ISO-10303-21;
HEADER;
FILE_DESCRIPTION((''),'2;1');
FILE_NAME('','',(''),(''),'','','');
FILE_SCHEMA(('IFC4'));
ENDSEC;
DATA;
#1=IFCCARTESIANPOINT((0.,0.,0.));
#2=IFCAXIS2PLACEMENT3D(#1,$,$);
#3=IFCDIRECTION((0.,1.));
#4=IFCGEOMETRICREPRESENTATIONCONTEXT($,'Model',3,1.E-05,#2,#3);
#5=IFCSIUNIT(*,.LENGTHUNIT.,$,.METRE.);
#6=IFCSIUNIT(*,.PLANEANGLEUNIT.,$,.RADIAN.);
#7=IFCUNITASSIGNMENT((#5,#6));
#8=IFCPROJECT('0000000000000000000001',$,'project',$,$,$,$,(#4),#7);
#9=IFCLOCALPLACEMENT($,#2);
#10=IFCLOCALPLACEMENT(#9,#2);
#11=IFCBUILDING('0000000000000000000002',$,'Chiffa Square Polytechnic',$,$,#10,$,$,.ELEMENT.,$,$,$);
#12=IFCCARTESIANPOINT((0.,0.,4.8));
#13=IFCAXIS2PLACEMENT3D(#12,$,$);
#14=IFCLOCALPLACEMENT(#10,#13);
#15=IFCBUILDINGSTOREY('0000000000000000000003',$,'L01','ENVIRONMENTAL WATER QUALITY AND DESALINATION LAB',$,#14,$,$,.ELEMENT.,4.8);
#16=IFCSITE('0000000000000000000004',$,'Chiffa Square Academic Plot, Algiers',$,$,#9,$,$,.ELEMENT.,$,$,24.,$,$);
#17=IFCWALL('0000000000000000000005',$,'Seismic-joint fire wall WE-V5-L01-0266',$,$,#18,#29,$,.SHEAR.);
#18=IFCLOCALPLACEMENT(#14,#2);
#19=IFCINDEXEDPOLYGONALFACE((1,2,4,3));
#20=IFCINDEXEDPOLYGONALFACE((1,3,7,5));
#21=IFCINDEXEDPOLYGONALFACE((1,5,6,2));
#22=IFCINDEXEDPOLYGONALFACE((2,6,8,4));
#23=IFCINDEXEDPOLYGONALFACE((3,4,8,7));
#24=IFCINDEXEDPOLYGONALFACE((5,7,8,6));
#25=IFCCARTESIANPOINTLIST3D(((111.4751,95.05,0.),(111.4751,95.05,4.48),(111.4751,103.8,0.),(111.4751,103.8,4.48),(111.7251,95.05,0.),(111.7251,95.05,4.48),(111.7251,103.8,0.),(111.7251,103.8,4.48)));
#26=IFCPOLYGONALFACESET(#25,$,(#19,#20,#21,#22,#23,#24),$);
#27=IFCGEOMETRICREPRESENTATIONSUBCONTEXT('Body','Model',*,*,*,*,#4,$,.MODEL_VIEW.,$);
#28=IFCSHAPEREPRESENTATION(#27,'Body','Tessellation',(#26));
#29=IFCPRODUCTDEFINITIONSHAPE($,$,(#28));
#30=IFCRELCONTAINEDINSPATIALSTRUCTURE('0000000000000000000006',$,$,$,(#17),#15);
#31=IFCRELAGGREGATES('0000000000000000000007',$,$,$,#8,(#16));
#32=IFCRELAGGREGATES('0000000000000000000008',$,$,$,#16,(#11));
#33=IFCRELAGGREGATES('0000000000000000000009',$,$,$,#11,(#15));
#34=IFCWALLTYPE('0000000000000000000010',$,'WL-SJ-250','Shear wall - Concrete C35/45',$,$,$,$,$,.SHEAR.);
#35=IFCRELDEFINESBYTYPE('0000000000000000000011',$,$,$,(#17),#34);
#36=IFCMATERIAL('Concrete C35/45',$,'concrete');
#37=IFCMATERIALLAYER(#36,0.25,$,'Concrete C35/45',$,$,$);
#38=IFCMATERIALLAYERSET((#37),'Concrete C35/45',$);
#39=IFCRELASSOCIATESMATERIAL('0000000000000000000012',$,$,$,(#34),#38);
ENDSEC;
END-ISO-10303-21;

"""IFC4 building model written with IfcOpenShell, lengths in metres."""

from ifc_helpers import new_model, si_unit, direction, frame, frame_2d, origin, place, context, subcontext, project, spatial, rectangle, extrude, material, layer, layer_set, type_object, element, save


model = new_model("IFC4")

# Units and contexts
model_context = context("Model", 3, precision=1e-05, world=origin(), true_north=direction((0.0, 1.0)))
body_context = subcontext(model_context, "Body", "Model", "MODEL_VIEW")
ifc_project = project(units=[si_unit("LENGTHUNIT", "METRE"), si_unit("PLANEANGLEUNIT", "RADIAN")], contexts=[model_context])

# Site, building, storey
site_placement = place(None, origin())
site = spatial("IfcSite", under=ifc_project, at=site_placement, Name="Chiffa Square Academic Plot, Algiers", CompositionType="ELEMENT", RefElevation=24.0)
building_placement = place(site_placement, origin())
building = spatial("IfcBuilding", under=site, at=building_placement, Name="Chiffa Square Polytechnic", CompositionType="ELEMENT")
storey_placement = place(building_placement, frame((0.0, 0.0, 4.8)))
storey = spatial("IfcBuildingStorey", under=building, at=storey_placement, Name="L01", Description="ENVIRONMENTAL WATER QUALITY AND DESALINATION LAB", CompositionType="ELEMENT", Elevation=4.8)

# Shared definitions
ifc_material_1 = material(Name="Concrete C35/45", Category="concrete")

# Wall
ifc_layer_1 = layer(ifc_material_1, 0.25, Name="Concrete C35/45")
ifc_layer_set_1 = layer_set([ifc_layer_1], Name="Concrete C35/45")
wall_type_1 = type_object("IfcWallType", Name="WL-SJ-250", Description="Shear wall - Concrete C35/45", PredefinedType="SHEAR", material=ifc_layer_set_1)
wall_1_placement = place(storey_placement, frame((111.6001, 103.8, 0.0), z_axis=(0.0, 0.0, 1.0), x_axis=(0.0, -1.0, 0.0)))
element("IfcWall", 1, at=wall_1_placement, inside=storey, type_object=wall_type_1, Name="Seismic-joint fire wall WE-V5-L01-0266", PredefinedType="SHEAR", context=body_context, shape_type="SweptSolid", body=[
    extrude(rectangle(XDim=8.75, YDim=0.25, at=frame_2d((4.375, 0.0))), origin(), (0.0, 0.0, 1.0), 4.48),
])

save(model, "model.ifc")
